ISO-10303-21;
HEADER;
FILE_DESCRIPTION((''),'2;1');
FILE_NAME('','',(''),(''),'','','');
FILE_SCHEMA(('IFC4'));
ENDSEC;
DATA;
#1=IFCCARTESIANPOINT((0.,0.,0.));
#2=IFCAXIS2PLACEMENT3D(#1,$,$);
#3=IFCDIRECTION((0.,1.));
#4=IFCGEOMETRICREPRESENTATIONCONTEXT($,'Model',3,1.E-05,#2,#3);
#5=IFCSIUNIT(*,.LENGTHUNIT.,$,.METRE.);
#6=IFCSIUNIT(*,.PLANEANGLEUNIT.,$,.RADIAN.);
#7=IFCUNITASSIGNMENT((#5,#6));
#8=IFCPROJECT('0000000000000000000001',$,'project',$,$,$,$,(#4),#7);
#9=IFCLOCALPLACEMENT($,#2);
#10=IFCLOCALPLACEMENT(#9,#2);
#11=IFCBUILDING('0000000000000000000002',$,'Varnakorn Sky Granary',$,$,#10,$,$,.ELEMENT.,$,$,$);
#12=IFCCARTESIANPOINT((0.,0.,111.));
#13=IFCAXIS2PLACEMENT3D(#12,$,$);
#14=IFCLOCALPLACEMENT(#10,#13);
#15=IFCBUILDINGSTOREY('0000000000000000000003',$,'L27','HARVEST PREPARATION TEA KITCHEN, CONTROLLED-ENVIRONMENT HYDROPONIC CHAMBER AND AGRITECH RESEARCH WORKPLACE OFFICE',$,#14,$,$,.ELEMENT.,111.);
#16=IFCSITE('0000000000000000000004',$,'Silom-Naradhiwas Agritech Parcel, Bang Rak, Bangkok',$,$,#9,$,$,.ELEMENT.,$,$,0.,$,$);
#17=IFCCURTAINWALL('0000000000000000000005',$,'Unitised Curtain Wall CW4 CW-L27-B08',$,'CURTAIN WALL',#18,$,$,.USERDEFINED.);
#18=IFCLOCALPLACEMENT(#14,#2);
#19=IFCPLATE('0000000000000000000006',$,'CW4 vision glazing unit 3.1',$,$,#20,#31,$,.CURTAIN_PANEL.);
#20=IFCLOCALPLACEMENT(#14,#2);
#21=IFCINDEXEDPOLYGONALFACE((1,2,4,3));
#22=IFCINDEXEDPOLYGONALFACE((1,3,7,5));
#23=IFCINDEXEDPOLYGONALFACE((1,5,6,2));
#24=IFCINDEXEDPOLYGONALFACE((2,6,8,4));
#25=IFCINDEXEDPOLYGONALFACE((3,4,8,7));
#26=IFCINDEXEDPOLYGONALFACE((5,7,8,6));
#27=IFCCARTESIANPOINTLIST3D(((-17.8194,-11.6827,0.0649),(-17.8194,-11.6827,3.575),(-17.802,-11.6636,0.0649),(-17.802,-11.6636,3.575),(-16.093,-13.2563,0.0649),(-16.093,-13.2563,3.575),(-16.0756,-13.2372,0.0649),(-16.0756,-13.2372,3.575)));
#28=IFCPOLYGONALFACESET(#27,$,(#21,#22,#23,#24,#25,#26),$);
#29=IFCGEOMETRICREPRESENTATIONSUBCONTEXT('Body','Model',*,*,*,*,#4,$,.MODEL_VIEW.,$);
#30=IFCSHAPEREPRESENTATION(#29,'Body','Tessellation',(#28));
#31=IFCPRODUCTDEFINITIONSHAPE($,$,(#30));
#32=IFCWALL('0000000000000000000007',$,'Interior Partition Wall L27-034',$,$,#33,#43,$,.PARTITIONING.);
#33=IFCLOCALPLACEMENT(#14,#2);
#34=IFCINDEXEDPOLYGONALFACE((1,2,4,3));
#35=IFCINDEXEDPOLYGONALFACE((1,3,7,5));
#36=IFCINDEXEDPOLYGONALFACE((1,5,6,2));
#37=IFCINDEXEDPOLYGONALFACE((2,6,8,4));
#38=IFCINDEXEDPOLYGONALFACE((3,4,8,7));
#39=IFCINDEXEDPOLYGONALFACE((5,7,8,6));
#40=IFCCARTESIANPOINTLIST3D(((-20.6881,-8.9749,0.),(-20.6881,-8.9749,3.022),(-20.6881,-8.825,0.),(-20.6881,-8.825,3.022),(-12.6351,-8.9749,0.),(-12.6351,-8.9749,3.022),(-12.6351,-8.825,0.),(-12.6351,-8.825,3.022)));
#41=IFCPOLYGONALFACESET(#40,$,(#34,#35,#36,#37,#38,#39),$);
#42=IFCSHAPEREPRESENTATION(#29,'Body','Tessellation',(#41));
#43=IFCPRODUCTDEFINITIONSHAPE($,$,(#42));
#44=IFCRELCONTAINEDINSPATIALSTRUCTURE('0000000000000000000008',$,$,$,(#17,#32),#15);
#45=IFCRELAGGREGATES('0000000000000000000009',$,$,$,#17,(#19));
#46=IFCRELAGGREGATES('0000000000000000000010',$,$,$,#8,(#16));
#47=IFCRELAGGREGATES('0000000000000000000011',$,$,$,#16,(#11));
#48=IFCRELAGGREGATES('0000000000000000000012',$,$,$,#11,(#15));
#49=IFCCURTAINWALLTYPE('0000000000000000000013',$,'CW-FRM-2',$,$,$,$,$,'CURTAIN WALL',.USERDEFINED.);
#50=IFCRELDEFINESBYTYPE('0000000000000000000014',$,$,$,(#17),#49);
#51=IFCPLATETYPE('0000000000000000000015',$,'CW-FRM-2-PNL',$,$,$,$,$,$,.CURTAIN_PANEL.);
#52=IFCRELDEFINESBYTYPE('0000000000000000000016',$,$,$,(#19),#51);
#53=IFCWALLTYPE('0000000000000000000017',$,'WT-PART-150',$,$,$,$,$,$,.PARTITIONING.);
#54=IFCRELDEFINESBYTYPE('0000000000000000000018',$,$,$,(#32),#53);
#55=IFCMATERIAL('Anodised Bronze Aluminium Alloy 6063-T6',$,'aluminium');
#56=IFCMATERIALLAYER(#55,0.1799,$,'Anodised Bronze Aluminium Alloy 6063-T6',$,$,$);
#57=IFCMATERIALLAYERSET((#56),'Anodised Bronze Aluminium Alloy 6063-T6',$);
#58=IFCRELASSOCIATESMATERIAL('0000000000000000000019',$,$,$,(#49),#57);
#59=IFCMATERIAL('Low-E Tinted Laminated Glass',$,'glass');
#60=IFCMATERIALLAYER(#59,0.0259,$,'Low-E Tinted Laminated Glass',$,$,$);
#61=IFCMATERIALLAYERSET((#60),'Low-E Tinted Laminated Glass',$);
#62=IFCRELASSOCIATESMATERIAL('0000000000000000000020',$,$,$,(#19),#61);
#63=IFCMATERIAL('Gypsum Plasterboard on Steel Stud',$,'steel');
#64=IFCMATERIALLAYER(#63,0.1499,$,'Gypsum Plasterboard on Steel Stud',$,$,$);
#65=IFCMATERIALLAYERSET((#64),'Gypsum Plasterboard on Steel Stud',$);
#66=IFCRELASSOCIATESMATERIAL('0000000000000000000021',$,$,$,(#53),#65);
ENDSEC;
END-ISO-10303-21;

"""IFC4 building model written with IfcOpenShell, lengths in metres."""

from ifc_helpers import new_model, si_unit, direction, frame, frame_2d, origin, origin_2d, place, context, subcontext, project, spatial, rectangle, extrude, source, transform, mapped, material, layer, layer_set, type_object, element, aggregate, save


model = new_model("IFC4")

# Units and contexts
model_context = context("Model", 3, precision=1e-05, world=origin(), true_north=direction((0.0, 1.0)))
body_context = subcontext(model_context, "Body", "Model", "MODEL_VIEW")
ifc_project = project(units=[si_unit("LENGTHUNIT", "METRE"), si_unit("PLANEANGLEUNIT", "RADIAN")], contexts=[model_context])

# Site, building, storey
site_placement = place(None, origin())
site = spatial("IfcSite", under=ifc_project, at=site_placement, Name="Silom-Naradhiwas Agritech Parcel, Bang Rak, Bangkok", CompositionType="ELEMENT", RefElevation=0.0)
building_placement = place(site_placement, origin())
building = spatial("IfcBuilding", under=site, at=building_placement, Name="Varnakorn Sky Granary", CompositionType="ELEMENT")
storey_placement = place(building_placement, frame((0.0, 0.0, 111.0)))
storey = spatial("IfcBuildingStorey", under=building, at=storey_placement, Name="L27", Description="HARVEST PREPARATION TEA KITCHEN, CONTROLLED-ENVIRONMENT HYDROPONIC CHAMBER AND AGRITECH RESEARCH WORKPLACE OFFICE", CompositionType="ELEMENT", Elevation=111.0)

# Shared definitions
ifc_material_1 = material(Name="Anodised Bronze Aluminium Alloy 6063-T6", Category="aluminium")
ifc_layer_1 = layer(ifc_material_1, 0.1799, Name="Anodised Bronze Aluminium Alloy 6063-T6")
ifc_layer_set_1 = layer_set([ifc_layer_1], Name="Anodised Bronze Aluminium Alloy 6063-T6")
curtain_wall_type = type_object("IfcCurtainWallType", Name="CW-FRM-2", ElementType="CURTAIN WALL", PredefinedType="USERDEFINED", material=ifc_layer_set_1)

# Curtain wall
curtain_wall_1_placement = place(storey_placement, origin())
curtain_wall_1 = element("IfcCurtainWall", 1, at=curtain_wall_1_placement, inside=storey, type_object=curtain_wall_type, Name="Unitised Curtain Wall CW4 CW-L27-B08", ObjectType="CURTAIN WALL", PredefinedType="USERDEFINED")

# Plate
plate_type = type_object("IfcPlateType", Name="CW-FRM-2-PNL", PredefinedType="CURTAIN_PANEL")
ifc_material_2 = material(Name="Low-E Tinted Laminated Glass", Category="glass")
ifc_layer_2 = layer(ifc_material_2, 0.0259, Name="Low-E Tinted Laminated Glass")
ifc_layer_set_2 = layer_set([ifc_layer_2], Name="Low-E Tinted Laminated Glass")
shared_shape_1 = source(origin(), body_context, "Body", "SweptSolid", [
    extrude(rectangle(XDim=2.3359, YDim=0.0259, at=origin_2d()), origin(), (0.0, 0.0, 1.0), 3.51),
])
plate_1_placement = place(storey_placement, frame((-16.9475, -12.46, 0.0649), z_axis=(0.0, 0.0, 1.0), x_axis=(-0.739047, 0.673654, 0.0)))
plate_1 = element("IfcPlate", 2, at=plate_1_placement, type_object=plate_type, material=ifc_layer_set_2, Name="CW4 vision glazing unit 3.1", PredefinedType="CURTAIN_PANEL", context=body_context, shape_type="MappedRepresentation", body=[
    mapped(shared_shape_1, transform((0.0, 0.0, 0.0), x_axis=(1.0, 0.0, 0.0), y_axis=(0.0, 1.0, 0.0), z_axis=(0.0, 0.0, 1.0), scale=1.0)),
])
aggregate(curtain_wall_1, [plate_1])

# Wall
ifc_material_3 = material(Name="Gypsum Plasterboard on Steel Stud", Category="steel")
ifc_layer_3 = layer(ifc_material_3, 0.1499, Name="Gypsum Plasterboard on Steel Stud")
ifc_layer_set_3 = layer_set([ifc_layer_3], Name="Gypsum Plasterboard on Steel Stud")
wall_type = type_object("IfcWallType", Name="WT-PART-150", PredefinedType="PARTITIONING", material=ifc_layer_set_3)
wall_placement = place(storey_placement, frame((-20.688, -8.8999, 0.0), z_axis=(0.0, 0.0, 1.0), x_axis=(1.0, 0.0, 0.0)))
element("IfcWall", 3, at=wall_placement, inside=storey, type_object=wall_type, Name="Interior Partition Wall L27-034", PredefinedType="PARTITIONING", context=body_context, shape_type="SweptSolid", body=[
    extrude(rectangle(XDim=8.053, YDim=0.1499, at=frame_2d((4.0264, 0.0))), origin(), (0.0, 0.0, 1.0), 3.022),
])

save(model, "model.ifc")
